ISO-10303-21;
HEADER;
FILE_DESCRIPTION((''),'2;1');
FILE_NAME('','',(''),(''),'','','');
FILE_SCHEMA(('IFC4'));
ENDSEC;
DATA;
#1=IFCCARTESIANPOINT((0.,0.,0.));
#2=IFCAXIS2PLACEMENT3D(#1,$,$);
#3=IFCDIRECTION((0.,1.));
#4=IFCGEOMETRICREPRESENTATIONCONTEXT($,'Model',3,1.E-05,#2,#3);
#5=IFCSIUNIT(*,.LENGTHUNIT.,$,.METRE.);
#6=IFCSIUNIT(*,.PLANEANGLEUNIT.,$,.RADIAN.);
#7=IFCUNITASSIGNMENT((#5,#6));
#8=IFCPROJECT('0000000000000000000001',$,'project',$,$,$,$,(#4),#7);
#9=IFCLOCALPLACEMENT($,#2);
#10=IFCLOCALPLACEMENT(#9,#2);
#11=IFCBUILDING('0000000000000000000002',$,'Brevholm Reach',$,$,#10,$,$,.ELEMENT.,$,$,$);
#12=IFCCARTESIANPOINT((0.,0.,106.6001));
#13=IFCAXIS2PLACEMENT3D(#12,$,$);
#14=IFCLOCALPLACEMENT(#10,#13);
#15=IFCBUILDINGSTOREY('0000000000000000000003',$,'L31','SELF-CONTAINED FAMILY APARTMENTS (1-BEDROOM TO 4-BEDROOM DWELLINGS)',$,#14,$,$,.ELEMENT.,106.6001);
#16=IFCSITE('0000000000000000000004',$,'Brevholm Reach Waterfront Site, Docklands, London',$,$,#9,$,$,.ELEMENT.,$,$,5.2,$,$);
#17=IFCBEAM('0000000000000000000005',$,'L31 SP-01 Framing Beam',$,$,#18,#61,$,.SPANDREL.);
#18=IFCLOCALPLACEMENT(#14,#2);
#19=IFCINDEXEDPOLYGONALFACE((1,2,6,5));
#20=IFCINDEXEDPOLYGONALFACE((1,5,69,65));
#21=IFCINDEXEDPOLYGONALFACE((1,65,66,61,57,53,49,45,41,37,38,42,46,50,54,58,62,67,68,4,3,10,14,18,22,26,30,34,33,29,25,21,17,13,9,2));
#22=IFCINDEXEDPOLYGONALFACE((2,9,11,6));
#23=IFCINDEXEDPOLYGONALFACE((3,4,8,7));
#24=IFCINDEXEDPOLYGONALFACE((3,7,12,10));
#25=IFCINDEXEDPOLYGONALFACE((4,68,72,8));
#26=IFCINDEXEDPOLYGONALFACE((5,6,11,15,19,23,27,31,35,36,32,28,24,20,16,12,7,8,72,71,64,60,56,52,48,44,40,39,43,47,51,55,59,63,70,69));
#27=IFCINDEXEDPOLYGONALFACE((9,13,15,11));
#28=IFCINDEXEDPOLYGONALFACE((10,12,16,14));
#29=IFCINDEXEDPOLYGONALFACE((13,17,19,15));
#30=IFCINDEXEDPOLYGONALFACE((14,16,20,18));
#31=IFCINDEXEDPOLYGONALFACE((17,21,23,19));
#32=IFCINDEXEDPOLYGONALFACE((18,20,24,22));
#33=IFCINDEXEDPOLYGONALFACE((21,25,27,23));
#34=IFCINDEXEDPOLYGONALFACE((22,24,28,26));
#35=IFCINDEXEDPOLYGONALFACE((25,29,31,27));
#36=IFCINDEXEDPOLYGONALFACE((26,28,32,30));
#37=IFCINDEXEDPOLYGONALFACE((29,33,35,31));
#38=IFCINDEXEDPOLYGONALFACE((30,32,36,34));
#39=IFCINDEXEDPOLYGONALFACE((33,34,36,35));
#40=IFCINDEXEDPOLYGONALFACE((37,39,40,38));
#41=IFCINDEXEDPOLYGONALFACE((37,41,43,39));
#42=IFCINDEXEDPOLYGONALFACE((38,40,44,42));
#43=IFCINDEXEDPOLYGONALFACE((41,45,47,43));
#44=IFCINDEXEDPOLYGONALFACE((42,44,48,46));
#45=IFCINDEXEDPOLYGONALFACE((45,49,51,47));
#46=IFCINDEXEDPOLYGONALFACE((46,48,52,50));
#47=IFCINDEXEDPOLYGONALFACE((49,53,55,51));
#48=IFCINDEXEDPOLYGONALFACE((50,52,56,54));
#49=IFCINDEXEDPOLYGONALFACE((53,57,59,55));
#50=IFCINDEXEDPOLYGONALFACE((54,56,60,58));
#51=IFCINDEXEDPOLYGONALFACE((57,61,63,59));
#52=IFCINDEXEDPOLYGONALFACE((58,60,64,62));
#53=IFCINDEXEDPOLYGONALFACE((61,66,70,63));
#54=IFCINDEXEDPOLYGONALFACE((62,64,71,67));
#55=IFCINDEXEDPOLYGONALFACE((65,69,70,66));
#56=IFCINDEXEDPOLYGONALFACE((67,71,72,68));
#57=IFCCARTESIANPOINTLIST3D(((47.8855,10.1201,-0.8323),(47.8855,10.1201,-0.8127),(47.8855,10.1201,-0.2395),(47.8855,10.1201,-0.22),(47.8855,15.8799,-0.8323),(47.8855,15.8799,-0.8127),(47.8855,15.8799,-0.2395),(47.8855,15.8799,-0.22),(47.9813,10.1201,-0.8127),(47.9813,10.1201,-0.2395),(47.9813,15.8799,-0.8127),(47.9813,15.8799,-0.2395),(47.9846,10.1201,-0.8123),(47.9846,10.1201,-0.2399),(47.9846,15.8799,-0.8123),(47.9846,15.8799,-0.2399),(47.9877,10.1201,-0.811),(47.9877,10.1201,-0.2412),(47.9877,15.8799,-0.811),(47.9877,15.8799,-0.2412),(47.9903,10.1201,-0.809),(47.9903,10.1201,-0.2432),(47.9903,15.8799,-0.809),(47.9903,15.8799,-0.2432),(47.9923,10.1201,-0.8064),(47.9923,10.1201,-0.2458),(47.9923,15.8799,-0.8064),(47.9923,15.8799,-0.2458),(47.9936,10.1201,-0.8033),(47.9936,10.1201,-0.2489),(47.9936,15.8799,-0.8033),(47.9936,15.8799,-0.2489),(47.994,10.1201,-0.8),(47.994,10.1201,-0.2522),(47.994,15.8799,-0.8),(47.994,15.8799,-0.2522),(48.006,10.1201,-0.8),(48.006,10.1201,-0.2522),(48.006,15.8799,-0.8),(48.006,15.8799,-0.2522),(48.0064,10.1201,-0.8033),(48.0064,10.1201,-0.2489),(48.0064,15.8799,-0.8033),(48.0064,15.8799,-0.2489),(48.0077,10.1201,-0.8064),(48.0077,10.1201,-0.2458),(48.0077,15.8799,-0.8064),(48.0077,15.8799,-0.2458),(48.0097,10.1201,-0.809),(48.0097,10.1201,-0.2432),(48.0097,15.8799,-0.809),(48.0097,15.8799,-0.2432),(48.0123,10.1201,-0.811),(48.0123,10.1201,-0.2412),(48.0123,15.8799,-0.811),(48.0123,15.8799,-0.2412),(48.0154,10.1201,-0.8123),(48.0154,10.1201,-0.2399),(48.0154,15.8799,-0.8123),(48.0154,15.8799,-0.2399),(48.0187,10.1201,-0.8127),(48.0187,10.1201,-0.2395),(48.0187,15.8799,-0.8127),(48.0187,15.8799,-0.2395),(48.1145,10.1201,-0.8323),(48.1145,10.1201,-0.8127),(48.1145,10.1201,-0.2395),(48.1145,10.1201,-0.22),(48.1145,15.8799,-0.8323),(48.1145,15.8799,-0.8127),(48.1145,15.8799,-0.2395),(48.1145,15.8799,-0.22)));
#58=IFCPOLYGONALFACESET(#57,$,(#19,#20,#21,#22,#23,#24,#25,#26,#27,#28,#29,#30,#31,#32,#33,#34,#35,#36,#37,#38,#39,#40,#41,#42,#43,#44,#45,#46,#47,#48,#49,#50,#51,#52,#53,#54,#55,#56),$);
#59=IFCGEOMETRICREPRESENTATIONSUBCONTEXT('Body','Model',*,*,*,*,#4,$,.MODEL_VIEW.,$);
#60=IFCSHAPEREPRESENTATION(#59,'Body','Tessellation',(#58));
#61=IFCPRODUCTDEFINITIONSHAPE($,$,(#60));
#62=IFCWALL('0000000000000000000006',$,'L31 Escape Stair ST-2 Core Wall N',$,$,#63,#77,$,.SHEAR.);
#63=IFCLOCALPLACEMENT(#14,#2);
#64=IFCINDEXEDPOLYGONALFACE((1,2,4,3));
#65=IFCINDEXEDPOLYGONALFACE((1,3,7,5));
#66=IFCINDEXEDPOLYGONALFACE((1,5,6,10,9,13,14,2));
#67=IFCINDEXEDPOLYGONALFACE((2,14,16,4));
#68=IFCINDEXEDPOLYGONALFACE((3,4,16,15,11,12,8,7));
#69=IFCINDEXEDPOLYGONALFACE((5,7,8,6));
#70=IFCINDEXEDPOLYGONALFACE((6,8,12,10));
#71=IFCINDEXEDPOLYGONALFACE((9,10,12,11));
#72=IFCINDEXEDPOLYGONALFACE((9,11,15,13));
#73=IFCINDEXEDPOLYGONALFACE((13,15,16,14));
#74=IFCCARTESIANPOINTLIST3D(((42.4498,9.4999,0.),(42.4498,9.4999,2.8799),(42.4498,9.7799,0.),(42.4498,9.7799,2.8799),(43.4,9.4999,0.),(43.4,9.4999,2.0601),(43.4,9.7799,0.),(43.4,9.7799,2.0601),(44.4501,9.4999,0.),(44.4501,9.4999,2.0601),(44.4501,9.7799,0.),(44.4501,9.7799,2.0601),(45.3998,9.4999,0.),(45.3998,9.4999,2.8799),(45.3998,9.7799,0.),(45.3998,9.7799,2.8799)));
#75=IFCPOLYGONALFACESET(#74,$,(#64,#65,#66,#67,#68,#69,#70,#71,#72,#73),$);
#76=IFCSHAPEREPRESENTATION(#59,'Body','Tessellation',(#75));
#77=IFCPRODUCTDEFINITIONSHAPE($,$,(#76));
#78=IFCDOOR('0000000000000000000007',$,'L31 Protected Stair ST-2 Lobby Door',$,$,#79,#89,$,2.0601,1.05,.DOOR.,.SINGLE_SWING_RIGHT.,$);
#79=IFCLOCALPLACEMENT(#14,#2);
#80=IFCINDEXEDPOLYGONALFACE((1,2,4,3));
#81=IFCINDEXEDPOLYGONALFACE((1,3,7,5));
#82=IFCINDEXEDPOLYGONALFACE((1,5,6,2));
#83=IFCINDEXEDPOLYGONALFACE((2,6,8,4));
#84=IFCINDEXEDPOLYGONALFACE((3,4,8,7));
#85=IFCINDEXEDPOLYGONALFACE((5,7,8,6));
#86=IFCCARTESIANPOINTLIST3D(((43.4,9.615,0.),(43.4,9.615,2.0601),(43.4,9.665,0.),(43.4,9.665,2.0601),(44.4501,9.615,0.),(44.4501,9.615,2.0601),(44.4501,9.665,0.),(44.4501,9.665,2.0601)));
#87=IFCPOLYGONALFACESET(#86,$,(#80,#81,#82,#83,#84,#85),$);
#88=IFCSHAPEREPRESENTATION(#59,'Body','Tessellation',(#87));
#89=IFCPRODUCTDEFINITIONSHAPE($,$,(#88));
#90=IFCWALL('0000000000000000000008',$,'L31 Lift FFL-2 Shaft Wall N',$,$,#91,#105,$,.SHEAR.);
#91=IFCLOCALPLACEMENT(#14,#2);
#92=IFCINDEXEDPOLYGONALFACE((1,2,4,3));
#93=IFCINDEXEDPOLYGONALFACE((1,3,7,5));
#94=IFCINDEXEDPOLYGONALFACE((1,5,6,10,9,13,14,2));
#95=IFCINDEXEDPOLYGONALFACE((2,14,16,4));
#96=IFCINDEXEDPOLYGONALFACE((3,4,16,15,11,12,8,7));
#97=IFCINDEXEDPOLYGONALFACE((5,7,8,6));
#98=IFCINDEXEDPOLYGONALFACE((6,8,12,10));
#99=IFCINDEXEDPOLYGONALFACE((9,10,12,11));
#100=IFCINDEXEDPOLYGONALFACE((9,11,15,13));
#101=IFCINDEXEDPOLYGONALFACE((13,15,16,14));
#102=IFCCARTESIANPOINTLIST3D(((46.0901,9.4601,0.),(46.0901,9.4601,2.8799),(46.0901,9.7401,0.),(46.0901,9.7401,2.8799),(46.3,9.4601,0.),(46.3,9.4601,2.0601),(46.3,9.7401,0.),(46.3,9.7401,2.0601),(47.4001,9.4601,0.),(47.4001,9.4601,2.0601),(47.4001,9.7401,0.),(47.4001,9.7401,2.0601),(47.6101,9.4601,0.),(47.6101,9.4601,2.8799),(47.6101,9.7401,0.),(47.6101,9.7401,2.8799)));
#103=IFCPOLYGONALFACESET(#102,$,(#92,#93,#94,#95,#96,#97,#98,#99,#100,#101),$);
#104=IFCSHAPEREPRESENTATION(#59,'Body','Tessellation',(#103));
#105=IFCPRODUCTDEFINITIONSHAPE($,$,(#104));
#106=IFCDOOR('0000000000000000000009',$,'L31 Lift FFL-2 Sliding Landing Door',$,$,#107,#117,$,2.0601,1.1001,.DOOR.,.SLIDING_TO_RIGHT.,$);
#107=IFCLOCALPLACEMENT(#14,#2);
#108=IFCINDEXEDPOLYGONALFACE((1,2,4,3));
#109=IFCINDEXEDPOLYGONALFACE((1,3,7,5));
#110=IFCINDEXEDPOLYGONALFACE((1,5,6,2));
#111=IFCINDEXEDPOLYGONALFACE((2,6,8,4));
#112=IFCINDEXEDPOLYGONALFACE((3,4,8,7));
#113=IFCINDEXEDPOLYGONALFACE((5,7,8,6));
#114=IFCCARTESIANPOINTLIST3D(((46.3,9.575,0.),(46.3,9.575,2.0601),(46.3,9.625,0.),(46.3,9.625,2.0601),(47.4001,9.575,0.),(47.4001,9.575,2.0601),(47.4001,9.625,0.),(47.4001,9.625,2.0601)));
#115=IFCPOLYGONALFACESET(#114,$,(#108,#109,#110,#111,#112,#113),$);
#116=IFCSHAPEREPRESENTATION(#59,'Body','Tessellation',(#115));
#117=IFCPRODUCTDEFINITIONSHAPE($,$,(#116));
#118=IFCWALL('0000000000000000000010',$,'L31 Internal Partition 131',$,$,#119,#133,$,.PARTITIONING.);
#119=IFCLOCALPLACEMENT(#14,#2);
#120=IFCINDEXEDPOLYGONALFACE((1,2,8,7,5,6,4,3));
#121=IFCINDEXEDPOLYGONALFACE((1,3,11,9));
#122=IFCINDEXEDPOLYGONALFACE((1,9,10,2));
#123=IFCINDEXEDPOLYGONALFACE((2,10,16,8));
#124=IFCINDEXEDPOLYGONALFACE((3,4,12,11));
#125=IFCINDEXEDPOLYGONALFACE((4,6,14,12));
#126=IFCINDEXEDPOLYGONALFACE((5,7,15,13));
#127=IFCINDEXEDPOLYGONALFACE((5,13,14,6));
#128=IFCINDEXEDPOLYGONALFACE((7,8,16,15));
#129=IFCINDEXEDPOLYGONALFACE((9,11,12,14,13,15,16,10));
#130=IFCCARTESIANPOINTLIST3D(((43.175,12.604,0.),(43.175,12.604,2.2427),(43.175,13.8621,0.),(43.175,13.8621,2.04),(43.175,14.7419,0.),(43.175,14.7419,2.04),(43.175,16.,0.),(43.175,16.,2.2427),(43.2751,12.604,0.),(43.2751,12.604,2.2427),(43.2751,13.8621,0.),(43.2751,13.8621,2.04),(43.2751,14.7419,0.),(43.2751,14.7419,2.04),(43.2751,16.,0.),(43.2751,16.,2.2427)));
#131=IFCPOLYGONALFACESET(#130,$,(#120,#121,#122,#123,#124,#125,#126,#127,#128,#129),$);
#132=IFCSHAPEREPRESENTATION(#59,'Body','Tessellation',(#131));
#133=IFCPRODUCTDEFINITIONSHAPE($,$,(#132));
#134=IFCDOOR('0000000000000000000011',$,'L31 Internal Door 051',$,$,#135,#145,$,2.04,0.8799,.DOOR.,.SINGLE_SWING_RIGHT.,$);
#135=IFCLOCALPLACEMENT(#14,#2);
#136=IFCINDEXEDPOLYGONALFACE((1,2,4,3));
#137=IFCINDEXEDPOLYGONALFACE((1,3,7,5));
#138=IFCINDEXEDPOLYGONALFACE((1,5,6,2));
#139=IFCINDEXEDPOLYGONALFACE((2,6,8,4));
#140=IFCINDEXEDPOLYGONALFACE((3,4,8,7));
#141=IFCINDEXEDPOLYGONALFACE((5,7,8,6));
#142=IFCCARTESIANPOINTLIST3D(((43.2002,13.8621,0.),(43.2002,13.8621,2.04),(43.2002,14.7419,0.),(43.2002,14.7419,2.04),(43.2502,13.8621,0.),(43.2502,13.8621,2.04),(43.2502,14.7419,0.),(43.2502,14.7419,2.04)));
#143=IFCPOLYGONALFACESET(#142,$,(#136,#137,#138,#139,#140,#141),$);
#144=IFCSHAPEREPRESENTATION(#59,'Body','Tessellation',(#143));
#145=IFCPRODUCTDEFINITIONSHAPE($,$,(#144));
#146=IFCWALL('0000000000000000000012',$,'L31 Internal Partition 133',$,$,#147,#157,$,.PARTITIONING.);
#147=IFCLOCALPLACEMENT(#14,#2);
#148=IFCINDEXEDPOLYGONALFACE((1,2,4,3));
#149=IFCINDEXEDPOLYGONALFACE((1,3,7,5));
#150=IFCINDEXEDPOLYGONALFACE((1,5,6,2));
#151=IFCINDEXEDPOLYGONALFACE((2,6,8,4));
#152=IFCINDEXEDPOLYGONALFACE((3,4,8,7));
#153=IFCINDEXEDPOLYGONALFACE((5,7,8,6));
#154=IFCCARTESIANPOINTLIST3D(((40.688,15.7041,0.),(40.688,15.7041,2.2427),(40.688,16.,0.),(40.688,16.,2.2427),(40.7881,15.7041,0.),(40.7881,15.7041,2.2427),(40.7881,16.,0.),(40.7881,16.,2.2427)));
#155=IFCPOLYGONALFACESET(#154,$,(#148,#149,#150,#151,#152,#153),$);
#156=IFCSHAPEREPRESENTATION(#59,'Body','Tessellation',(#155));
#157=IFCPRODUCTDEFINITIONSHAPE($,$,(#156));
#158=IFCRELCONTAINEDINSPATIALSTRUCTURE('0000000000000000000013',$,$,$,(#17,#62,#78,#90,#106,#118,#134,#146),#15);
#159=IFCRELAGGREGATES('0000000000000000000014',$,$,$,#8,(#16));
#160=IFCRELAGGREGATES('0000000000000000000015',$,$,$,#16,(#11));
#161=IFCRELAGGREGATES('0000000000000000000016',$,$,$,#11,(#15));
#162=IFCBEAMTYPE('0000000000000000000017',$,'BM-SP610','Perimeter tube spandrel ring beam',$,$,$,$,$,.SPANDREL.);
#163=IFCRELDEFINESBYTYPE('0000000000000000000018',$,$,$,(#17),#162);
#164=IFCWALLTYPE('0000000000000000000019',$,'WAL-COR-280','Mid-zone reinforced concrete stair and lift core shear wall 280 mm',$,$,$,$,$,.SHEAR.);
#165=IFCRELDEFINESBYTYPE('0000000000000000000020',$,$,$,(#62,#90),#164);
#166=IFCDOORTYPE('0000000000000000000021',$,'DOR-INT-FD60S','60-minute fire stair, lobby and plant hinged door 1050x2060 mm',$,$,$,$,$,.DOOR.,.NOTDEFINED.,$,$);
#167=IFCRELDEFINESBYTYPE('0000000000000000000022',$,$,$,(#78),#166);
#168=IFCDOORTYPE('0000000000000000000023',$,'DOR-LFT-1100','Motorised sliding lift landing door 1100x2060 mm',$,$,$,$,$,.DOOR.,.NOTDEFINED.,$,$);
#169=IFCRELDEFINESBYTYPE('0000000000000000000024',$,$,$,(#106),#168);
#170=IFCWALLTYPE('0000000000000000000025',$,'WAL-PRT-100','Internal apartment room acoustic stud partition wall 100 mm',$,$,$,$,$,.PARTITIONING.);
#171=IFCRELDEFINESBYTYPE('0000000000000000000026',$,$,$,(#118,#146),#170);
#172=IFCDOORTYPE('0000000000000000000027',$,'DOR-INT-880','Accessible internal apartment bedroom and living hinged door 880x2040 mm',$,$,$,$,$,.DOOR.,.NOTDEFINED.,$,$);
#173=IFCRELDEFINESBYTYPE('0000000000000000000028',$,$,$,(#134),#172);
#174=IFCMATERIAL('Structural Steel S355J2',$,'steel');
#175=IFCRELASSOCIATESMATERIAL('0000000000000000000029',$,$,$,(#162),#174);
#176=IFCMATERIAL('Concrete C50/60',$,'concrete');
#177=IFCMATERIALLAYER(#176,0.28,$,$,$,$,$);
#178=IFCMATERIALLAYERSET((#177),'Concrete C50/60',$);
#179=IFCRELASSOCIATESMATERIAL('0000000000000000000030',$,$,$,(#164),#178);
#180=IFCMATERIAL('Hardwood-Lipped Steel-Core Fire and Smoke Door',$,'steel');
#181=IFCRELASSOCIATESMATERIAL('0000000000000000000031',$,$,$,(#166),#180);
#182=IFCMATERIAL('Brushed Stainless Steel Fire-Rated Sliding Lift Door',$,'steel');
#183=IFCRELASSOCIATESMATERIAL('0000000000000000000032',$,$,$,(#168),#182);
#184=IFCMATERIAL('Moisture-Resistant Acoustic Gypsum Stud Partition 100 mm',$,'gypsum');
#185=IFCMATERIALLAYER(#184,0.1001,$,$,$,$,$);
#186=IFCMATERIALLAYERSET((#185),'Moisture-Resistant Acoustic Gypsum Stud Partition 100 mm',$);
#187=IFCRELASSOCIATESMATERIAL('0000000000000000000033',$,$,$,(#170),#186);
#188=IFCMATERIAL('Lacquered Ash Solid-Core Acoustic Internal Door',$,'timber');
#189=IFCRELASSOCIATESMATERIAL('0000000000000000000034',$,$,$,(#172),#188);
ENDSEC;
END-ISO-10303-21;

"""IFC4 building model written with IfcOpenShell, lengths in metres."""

from ifc_helpers import new_model, si_unit, direction, frame, frame_2d, origin, origin_2d, place, context, subcontext, project, spatial, rectangle, i_section, extrude, material, layer, layer_set, material_profile, profile_set, type_object, element, fill, save


model = new_model("IFC4")

# Units and contexts
model_context = context("Model", 3, precision=1e-05, world=origin(), true_north=direction((0.0, 1.0)))
body_context = subcontext(model_context, "Body", "Model", "MODEL_VIEW")
ifc_project = project(units=[si_unit("LENGTHUNIT", "METRE"), si_unit("PLANEANGLEUNIT", "RADIAN")], contexts=[model_context])

# Site, building, storey
site_placement = place(None, origin())
site = spatial("IfcSite", under=ifc_project, at=site_placement, Name="Brevholm Reach Waterfront Site, Docklands, London", CompositionType="ELEMENT", RefElevation=5.2)
building_placement = place(site_placement, origin())
building = spatial("IfcBuilding", under=site, at=building_placement, Name="Brevholm Reach", CompositionType="ELEMENT")
storey_placement = place(building_placement, frame((0.0, 0.0, 106.6001)))
storey = spatial("IfcBuildingStorey", under=building, at=storey_placement, Name="L31", Description="SELF-CONTAINED FAMILY APARTMENTS (1-BEDROOM TO 4-BEDROOM DWELLINGS)", CompositionType="ELEMENT", Elevation=106.6001)

# Beam
ifc_material_1 = material(Name="Structural Steel S355J2", Category="steel")
ifc_material_profile_1 = material_profile(ifc_material_1, i_section(OverallWidth=0.229, OverallDepth=0.6123, WebThickness=0.012, FlangeThickness=0.0195, FilletRadius=0.0127, at=origin_2d()), Name="UKB 610x229x125")
ifc_profile_set_1 = profile_set([ifc_material_profile_1], Name="Structural Steel S355J2")
beam_type = type_object("IfcBeamType", Name="BM-SP610", Description="Perimeter tube spandrel ring beam", PredefinedType="SPANDREL", material=ifc_profile_set_1)
for number, where, z_axis, x_axis, name in (
    (1, (48.0, 10.1201, -0.5261), (0.0, 1.0, 0.0), (-1.0, 0.0, 0.0), "L31 SP-01 Framing Beam"),
):
    element("IfcBeam", number, at=place(storey_placement, frame(where, z_axis=z_axis, x_axis=x_axis)), inside=storey, type_object=beam_type, Name=name, PredefinedType="SPANDREL", context=body_context, shape_type="SweptSolid", body=[
        extrude(i_section(OverallWidth=0.229, OverallDepth=0.6123, WebThickness=0.012, FlangeThickness=0.0195, FilletRadius=0.0127, at=origin_2d()), origin(), (0.0, 0.0, 1.0), 5.7598),
    ])

# Walls, openings, doors
ifc_material_2 = material(Name="Concrete C50/60", Category="concrete")
ifc_layer_1 = layer(ifc_material_2, 0.28)
ifc_layer_set_1 = layer_set([ifc_layer_1], Name="Concrete C50/60")
wall_type_1 = type_object("IfcWallType", Name="WAL-COR-280", Description="Mid-zone reinforced concrete stair and lift core shear wall 280 mm", PredefinedType="SHEAR", material=ifc_layer_set_1)
wall_1_placement = place(storey_placement, frame((45.3999, 9.6399, 0.0), z_axis=(0.0, 0.0, 1.0), x_axis=(-1.0, 0.0, 0.0)))
wall_1 = element("IfcWall", 2, at=wall_1_placement, inside=storey, type_object=wall_type_1, Name="L31 Escape Stair ST-2 Core Wall N", PredefinedType="SHEAR", context=body_context, shape_type="SweptSolid", body=[
    extrude(rectangle(XDim=2.95, YDim=0.28, at=frame_2d((1.4751, 0.0))), origin(), (0.0, 0.0, 1.0), 2.8799),
])
opening_1_placement = place(wall_1_placement, frame((0.95, 0.0, 0.0)))
opening_1 = element("IfcOpeningElement", 3, at=opening_1_placement, cuts=wall_1, PredefinedType="OPENING", context=body_context, shape_type="SweptSolid", body=[
    extrude(rectangle(XDim=1.05, YDim=2.0601, at=frame_2d((0.5249, 1.03))), frame((0.0, 0.1499, 0.0), z_axis=(0.0, -1.0, 0.0), x_axis=(1.0, 0.0, 0.0)), (0.0, 0.0, 1.0), 0.3),
])
ifc_material_3 = material(Name="Hardwood-Lipped Steel-Core Fire and Smoke Door", Category="steel")
door_type_1 = type_object("IfcDoorType", Name="DOR-INT-FD60S", Description="60-minute fire stair, lobby and plant hinged door 1050x2060 mm", OperationType="NOTDEFINED", PredefinedType="DOOR", material=ifc_material_3)
door_1_placement = place(opening_1_placement, origin())
door_1 = element("IfcDoor", 4, at=door_1_placement, inside=storey, type_object=door_type_1, Name="L31 Protected Stair ST-2 Lobby Door", OperationType="SINGLE_SWING_RIGHT", OverallHeight=2.0601, OverallWidth=1.05, PredefinedType="DOOR", context=body_context, shape_type="SweptSolid", body=[
    extrude(rectangle(XDim=1.05, YDim=2.0601, at=frame_2d((0.5249, 1.03))), frame((0.0, 0.0249, 0.0), z_axis=(0.0, -1.0, 0.0), x_axis=(1.0, 0.0, 0.0)), (0.0, 0.0, 1.0), 0.05),
])
fill(opening_1, door_1)
wall_2_placement = place(storey_placement, frame((46.0901, 9.6001, 0.0), z_axis=(0.0, 0.0, 1.0), x_axis=(1.0, 0.0, 0.0)))
wall_2 = element("IfcWall", 5, at=wall_2_placement, inside=storey, type_object=wall_type_1, Name="L31 Lift FFL-2 Shaft Wall N", PredefinedType="SHEAR", context=body_context, shape_type="SweptSolid", body=[
    extrude(rectangle(XDim=1.52, YDim=0.28, at=frame_2d((0.76, 0.0))), origin(), (0.0, 0.0, 1.0), 2.8799),
])
opening_2_placement = place(wall_2_placement, frame((0.21, 0.0, 0.0)))
opening_2 = element("IfcOpeningElement", 6, at=opening_2_placement, cuts=wall_2, PredefinedType="OPENING", context=body_context, shape_type="SweptSolid", body=[
    extrude(rectangle(XDim=1.1001, YDim=2.0601, at=frame_2d((0.55, 1.03))), frame((0.0, 0.1499, 0.0), z_axis=(0.0, -1.0, 0.0), x_axis=(1.0, 0.0, 0.0)), (0.0, 0.0, 1.0), 0.3),
])
ifc_material_4 = material(Name="Brushed Stainless Steel Fire-Rated Sliding Lift Door", Category="steel")
door_type_2 = type_object("IfcDoorType", Name="DOR-LFT-1100", Description="Motorised sliding lift landing door 1100x2060 mm", OperationType="NOTDEFINED", PredefinedType="DOOR", material=ifc_material_4)
door_2_placement = place(opening_2_placement, origin())
door_2 = element("IfcDoor", 7, at=door_2_placement, inside=storey, type_object=door_type_2, Name="L31 Lift FFL-2 Sliding Landing Door", OperationType="SLIDING_TO_RIGHT", OverallHeight=2.0601, OverallWidth=1.1001, PredefinedType="DOOR", context=body_context, shape_type="SweptSolid", body=[
    extrude(rectangle(XDim=1.1001, YDim=2.0601, at=frame_2d((0.55, 1.03))), frame((0.0, 0.0249, 0.0), z_axis=(0.0, -1.0, 0.0), x_axis=(1.0, 0.0, 0.0)), (0.0, 0.0, 1.0), 0.05),
])
fill(opening_2, door_2)
ifc_material_5 = material(Name="Moisture-Resistant Acoustic Gypsum Stud Partition 100 mm", Category="gypsum")
ifc_layer_2 = layer(ifc_material_5, 0.1001)
ifc_layer_set_2 = layer_set([ifc_layer_2], Name="Moisture-Resistant Acoustic Gypsum Stud Partition 100 mm")
wall_type_2 = type_object("IfcWallType", Name="WAL-PRT-100", Description="Internal apartment room acoustic stud partition wall 100 mm", PredefinedType="PARTITIONING", material=ifc_layer_set_2)
wall_3_placement = place(storey_placement, frame((43.2251, 12.604, 0.0), z_axis=(0.0, 0.0, 1.0), x_axis=(0.0, 1.0, 0.0)))
wall_3 = element("IfcWall", 8, at=wall_3_placement, inside=storey, type_object=wall_type_2, Name="L31 Internal Partition 131", PredefinedType="PARTITIONING", context=body_context, shape_type="SweptSolid", body=[
    extrude(rectangle(XDim=3.396, YDim=0.1001, at=frame_2d((1.698, 0.0))), origin(), (0.0, 0.0, 1.0), 2.2427),
])
opening_3_placement = place(wall_3_placement, frame((1.2581, 0.0, 0.0)))
opening_3 = element("IfcOpeningElement", 9, at=opening_3_placement, cuts=wall_3, PredefinedType="OPENING", context=body_context, shape_type="SweptSolid", body=[
    extrude(rectangle(XDim=0.8799, YDim=2.04, at=frame_2d((0.4399, 1.02))), frame((0.0, 0.0601, 0.0), z_axis=(0.0, -1.0, 0.0), x_axis=(1.0, 0.0, 0.0)), (0.0, 0.0, 1.0), 0.1201),
])
ifc_material_6 = material(Name="Lacquered Ash Solid-Core Acoustic Internal Door", Category="timber")
door_type_3 = type_object("IfcDoorType", Name="DOR-INT-880", Description="Accessible internal apartment bedroom and living hinged door 880x2040 mm", OperationType="NOTDEFINED", PredefinedType="DOOR", material=ifc_material_6)
door_3_placement = place(opening_3_placement, origin())
door_3 = element("IfcDoor", 10, at=door_3_placement, inside=storey, type_object=door_type_3, Name="L31 Internal Door 051", OperationType="SINGLE_SWING_RIGHT", OverallHeight=2.04, OverallWidth=0.8799, PredefinedType="DOOR", context=body_context, shape_type="SweptSolid", body=[
    extrude(rectangle(XDim=0.8799, YDim=2.04, at=frame_2d((0.4399, 1.02))), frame((0.0, 0.0249, 0.0), z_axis=(0.0, -1.0, 0.0), x_axis=(1.0, 0.0, 0.0)), (0.0, 0.0, 1.0), 0.05),
])
fill(opening_3, door_3)

# Wall
wall_4_placement = place(storey_placement, frame((40.738, 15.7041, 0.0), z_axis=(0.0, 0.0, 1.0), x_axis=(0.0, 1.0, 0.0)))
element("IfcWall", 11, at=wall_4_placement, inside=storey, type_object=wall_type_2, Name="L31 Internal Partition 133", PredefinedType="PARTITIONING", context=body_context, shape_type="SweptSolid", body=[
    extrude(rectangle(XDim=0.2959, YDim=0.1001, at=frame_2d((0.1479, 0.0))), origin(), (0.0, 0.0, 1.0), 2.2427),
])

save(model, "model.ifc")
